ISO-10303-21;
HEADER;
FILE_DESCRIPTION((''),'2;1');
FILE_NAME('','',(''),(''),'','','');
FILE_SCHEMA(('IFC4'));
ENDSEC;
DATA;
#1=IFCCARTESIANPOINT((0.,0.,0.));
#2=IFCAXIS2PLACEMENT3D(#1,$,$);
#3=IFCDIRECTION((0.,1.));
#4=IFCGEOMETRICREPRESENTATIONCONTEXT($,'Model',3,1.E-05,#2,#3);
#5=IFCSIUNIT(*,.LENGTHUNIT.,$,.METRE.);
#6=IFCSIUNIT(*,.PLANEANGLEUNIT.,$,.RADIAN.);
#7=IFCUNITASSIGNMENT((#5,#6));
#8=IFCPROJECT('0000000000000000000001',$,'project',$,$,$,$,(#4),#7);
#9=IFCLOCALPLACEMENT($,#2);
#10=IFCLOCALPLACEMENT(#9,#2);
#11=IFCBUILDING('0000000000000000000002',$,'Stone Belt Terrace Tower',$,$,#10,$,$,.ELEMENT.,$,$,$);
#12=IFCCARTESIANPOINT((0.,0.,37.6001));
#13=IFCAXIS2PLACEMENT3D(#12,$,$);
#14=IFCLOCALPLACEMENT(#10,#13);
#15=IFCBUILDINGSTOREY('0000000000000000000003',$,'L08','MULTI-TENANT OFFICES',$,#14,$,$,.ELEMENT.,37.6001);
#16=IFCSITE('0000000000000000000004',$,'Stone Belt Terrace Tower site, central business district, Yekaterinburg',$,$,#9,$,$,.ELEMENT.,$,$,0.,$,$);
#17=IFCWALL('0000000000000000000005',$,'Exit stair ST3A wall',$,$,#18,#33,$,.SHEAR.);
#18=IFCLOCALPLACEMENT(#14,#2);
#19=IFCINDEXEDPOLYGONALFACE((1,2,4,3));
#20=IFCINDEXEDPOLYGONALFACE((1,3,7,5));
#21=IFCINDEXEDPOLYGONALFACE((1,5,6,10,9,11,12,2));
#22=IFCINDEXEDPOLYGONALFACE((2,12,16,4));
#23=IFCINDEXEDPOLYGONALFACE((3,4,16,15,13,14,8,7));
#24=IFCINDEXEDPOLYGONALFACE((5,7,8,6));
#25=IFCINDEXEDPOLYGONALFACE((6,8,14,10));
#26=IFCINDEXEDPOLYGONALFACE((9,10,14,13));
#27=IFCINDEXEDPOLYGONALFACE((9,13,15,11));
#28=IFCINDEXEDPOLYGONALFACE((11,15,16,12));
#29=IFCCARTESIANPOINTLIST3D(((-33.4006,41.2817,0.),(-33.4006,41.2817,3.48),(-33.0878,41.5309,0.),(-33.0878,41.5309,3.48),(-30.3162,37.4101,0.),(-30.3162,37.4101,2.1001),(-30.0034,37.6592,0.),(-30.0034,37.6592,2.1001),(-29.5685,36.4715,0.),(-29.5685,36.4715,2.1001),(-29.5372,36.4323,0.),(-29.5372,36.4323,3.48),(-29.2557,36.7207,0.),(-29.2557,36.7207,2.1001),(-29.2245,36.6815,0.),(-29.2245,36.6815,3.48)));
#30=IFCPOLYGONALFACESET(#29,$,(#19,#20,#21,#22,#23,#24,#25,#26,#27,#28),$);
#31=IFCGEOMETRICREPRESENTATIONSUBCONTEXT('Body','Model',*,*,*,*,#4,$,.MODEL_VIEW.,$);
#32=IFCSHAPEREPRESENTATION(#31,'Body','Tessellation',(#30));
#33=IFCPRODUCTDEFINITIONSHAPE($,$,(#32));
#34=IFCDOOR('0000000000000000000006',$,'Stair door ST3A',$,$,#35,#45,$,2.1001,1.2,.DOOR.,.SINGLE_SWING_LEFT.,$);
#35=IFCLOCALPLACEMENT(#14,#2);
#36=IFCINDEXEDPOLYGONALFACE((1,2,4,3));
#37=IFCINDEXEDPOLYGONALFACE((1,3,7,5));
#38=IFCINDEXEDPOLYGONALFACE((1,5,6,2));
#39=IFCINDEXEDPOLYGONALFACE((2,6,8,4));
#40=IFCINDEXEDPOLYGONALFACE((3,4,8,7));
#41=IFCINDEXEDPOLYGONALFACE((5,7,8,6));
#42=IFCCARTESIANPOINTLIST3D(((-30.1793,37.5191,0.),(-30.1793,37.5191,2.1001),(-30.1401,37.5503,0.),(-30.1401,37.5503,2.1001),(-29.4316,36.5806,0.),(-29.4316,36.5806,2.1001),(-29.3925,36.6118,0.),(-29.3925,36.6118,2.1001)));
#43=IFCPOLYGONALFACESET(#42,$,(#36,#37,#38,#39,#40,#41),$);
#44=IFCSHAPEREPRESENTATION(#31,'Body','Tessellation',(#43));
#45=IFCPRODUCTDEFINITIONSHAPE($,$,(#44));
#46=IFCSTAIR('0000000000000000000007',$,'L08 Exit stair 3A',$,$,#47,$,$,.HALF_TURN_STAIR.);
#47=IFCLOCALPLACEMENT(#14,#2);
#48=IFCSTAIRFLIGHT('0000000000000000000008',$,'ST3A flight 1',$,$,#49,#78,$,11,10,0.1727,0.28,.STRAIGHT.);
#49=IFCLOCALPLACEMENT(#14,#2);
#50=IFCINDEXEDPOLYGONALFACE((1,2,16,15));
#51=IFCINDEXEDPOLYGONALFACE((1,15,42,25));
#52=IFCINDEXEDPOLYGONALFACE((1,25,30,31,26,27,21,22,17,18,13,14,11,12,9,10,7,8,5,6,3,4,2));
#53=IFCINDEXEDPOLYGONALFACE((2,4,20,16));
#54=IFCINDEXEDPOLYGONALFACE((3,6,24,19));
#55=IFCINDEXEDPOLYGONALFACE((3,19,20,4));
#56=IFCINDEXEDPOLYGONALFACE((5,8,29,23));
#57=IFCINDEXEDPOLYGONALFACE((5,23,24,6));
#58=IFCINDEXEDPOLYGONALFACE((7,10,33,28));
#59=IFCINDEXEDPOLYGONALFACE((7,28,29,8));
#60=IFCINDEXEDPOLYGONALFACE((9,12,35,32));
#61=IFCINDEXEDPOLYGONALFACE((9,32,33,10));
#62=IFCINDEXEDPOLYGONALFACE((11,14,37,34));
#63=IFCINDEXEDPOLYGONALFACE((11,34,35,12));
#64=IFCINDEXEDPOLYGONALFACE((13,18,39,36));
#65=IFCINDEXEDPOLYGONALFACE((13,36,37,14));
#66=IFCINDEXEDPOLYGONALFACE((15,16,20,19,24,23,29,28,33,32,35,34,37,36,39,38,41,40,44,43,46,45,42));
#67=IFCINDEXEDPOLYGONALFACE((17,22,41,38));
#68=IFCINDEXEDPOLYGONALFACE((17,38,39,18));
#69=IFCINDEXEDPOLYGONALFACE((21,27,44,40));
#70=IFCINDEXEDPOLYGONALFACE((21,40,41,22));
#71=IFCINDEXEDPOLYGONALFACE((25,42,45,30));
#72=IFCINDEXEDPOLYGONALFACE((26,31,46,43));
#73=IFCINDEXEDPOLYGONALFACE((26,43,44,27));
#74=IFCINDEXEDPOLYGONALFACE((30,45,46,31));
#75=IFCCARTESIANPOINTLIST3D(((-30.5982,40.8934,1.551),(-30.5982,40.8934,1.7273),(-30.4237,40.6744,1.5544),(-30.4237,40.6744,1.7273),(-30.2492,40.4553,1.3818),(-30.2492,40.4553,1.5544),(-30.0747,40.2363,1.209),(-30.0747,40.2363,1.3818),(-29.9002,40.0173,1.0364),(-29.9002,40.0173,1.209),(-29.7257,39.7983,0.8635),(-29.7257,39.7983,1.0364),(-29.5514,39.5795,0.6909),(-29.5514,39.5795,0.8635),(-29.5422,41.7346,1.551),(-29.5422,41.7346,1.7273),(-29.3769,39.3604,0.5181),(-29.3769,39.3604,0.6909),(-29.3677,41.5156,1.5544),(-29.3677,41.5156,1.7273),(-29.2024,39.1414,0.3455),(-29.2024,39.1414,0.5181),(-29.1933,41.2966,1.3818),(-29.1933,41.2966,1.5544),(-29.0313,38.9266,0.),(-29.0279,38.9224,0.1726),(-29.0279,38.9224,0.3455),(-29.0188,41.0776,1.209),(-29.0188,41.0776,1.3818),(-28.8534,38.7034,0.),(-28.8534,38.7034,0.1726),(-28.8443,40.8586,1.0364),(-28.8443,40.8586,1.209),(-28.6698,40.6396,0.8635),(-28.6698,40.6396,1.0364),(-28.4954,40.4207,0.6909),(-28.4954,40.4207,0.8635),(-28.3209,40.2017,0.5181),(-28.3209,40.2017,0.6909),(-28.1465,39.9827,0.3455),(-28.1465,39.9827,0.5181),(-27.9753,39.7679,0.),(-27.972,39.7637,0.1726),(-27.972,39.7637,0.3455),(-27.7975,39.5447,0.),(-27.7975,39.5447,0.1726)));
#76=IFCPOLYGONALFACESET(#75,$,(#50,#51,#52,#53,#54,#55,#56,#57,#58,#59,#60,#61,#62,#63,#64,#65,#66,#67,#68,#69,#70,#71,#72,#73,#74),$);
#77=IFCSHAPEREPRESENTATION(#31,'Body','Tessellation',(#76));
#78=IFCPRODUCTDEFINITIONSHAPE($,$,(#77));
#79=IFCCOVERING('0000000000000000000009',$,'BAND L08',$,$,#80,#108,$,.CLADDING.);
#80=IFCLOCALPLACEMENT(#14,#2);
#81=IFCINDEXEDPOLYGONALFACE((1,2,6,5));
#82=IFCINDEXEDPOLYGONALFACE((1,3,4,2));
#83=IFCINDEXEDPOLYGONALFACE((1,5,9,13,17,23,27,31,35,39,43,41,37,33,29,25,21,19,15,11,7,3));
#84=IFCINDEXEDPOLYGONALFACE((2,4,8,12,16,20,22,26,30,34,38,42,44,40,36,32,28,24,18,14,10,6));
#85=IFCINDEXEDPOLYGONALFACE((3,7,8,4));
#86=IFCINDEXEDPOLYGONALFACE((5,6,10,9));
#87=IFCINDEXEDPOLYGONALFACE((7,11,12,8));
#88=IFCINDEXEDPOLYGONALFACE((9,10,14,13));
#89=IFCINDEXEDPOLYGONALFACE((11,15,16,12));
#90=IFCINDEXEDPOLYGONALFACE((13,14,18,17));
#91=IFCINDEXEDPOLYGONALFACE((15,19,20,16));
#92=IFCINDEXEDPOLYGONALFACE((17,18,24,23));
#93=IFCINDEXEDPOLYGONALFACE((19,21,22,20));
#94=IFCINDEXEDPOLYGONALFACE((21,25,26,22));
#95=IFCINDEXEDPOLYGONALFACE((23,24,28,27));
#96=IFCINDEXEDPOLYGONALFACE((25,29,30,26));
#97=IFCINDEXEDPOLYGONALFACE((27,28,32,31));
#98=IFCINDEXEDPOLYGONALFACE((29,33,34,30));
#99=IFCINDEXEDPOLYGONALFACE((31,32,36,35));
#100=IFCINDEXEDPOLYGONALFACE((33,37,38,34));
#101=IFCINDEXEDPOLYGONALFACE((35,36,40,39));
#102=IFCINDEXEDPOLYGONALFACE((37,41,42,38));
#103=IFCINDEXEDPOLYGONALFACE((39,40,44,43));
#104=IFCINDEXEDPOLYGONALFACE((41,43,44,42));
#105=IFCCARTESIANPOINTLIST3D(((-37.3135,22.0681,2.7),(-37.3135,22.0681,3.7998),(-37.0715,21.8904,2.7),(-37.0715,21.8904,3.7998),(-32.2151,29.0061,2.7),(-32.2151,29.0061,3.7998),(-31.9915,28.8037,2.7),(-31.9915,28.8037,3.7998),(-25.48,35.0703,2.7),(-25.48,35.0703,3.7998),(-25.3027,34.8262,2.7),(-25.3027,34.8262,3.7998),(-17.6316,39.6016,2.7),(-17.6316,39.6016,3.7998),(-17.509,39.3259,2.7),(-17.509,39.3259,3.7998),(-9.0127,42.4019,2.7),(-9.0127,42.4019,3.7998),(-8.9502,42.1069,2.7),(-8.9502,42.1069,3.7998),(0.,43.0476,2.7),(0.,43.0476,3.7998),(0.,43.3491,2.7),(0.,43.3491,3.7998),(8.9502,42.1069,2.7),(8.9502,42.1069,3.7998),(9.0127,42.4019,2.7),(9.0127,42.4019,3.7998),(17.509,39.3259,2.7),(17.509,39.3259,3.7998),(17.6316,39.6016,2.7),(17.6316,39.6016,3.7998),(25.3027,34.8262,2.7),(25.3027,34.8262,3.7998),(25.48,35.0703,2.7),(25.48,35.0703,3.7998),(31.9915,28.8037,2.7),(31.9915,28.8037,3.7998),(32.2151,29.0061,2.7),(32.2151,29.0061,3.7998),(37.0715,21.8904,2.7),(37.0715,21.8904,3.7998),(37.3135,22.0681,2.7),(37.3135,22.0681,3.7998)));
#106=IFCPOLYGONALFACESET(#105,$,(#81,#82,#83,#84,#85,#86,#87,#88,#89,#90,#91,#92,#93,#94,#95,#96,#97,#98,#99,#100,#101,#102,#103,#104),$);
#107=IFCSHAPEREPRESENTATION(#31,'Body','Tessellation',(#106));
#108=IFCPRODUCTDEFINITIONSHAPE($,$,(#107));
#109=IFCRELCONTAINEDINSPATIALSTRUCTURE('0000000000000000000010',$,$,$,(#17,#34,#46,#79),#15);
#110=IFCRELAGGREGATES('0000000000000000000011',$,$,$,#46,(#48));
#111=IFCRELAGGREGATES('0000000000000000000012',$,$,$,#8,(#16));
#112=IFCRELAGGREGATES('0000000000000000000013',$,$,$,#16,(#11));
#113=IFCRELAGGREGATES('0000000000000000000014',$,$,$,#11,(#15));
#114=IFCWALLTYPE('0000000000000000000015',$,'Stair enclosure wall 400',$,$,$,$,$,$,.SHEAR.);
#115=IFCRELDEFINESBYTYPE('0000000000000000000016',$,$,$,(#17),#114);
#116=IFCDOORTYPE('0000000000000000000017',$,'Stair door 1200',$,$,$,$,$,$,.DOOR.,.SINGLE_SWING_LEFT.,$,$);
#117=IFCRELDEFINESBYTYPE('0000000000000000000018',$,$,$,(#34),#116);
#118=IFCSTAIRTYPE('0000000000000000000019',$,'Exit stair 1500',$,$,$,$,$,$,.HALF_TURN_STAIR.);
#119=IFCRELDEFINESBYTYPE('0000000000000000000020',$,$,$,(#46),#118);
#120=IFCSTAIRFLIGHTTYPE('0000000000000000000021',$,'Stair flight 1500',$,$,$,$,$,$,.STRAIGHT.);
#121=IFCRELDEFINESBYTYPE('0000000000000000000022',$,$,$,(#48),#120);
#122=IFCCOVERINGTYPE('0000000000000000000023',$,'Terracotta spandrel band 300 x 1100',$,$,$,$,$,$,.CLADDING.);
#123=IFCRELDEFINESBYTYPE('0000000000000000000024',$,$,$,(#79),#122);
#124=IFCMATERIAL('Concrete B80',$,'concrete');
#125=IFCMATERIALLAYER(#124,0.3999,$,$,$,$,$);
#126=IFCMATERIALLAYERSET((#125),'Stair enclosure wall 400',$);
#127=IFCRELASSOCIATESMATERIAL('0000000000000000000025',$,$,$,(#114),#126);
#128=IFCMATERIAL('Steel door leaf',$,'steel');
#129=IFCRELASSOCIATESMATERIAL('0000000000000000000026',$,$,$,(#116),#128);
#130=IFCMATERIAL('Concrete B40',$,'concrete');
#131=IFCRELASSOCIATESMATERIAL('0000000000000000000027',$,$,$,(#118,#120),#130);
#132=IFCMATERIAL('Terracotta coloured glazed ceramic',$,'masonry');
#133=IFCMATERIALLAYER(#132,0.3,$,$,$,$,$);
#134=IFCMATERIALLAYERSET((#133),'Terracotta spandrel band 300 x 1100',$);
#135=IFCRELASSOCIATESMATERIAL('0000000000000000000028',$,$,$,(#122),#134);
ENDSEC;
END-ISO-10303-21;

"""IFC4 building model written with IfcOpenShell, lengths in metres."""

from ifc_helpers import new_model, si_unit, direction, frame, frame_2d, origin, place, context, subcontext, project, spatial, polyline, rectangle, outline, extrude, material, layer, layer_set, type_object, element, fill, aggregate, save


model = new_model("IFC4")

# Units and contexts
model_context = context("Model", 3, precision=1e-05, world=origin(), true_north=direction((0.0, 1.0)))
body_context = subcontext(model_context, "Body", "Model", "MODEL_VIEW")
ifc_project = project(units=[si_unit("LENGTHUNIT", "METRE"), si_unit("PLANEANGLEUNIT", "RADIAN")], contexts=[model_context])

# Site, building, storey
site_placement = place(None, origin())
site = spatial("IfcSite", under=ifc_project, at=site_placement, Name="Stone Belt Terrace Tower site, central business district, Yekaterinburg", CompositionType="ELEMENT", RefElevation=0.0)
building_placement = place(site_placement, origin())
building = spatial("IfcBuilding", under=site, at=building_placement, Name="Stone Belt Terrace Tower", CompositionType="ELEMENT")
storey_placement = place(building_placement, frame((0.0, 0.0, 37.6001)))
storey = spatial("IfcBuildingStorey", under=building, at=storey_placement, Name="L08", Description="MULTI-TENANT OFFICES", CompositionType="ELEMENT", Elevation=37.6001)

# Shared definitions
ifc_material_1 = material(Name="Concrete B80", Category="concrete")

# Shared definitions
ifc_material_2 = material(Name="Concrete B40", Category="concrete")

# Shared definitions
ifc_layer_1 = layer(ifc_material_1, 0.3999)
ifc_layer_set_1 = layer_set([ifc_layer_1], Name="Stair enclosure wall 400")
wall_type_1 = type_object("IfcWallType", Name="Stair enclosure wall 400", PredefinedType="SHEAR", material=ifc_layer_set_1)

# Shared definitions
ifc_material_3 = material(Name="Steel door leaf", Category="steel")

# Wall, opening, door
wall_1_placement = place(storey_placement, frame((-29.3809, 36.5569, 0.0), z_axis=(0.0, 0.0, 1.0), x_axis=(-0.623099, 0.782143, 0.0)))
wall_1 = element("IfcWall", 1, at=wall_1_placement, inside=storey, type_object=wall_type_1, Name="Exit stair ST3A wall", PredefinedType="SHEAR", context=body_context, shape_type="SweptSolid", body=[
    extrude(rectangle(XDim=6.2002, YDim=0.3999, at=frame_2d((3.1001, 0.0))), origin(), (0.0, 0.0, 1.0), 3.48),
])
opening_1_placement = place(wall_1_placement, frame((0.05, 0.0, 0.0)))
opening_1 = element("IfcOpeningElement", 2, at=opening_1_placement, cuts=wall_1, PredefinedType="OPENING", context=body_context, shape_type="SweptSolid", body=[
    extrude(rectangle(XDim=1.2, YDim=2.1001, at=frame_2d((0.6001, 1.05))), frame((0.0, 0.21, 0.0), z_axis=(0.0, -1.0, 0.0), x_axis=(1.0, 0.0, 0.0)), (0.0, 0.0, 1.0), 0.4199),
])
door_type_1 = type_object("IfcDoorType", Name="Stair door 1200", OperationType="SINGLE_SWING_LEFT", PredefinedType="DOOR", material=ifc_material_3)
door_1_placement = place(opening_1_placement, origin())
door_1 = element("IfcDoor", 3, at=door_1_placement, inside=storey, type_object=door_type_1, Name="Stair door ST3A", OperationType="SINGLE_SWING_LEFT", OverallHeight=2.1001, OverallWidth=1.2, PredefinedType="DOOR", context=body_context, shape_type="SweptSolid", body=[
    extrude(rectangle(XDim=1.2, YDim=2.1001, at=frame_2d((0.6001, 1.05))), frame((0.0, 0.0249, 0.0), z_axis=(0.0, -1.0, 0.0), x_axis=(1.0, 0.0, 0.0)), (0.0, 0.0, 1.0), 0.05),
])
fill(opening_1, door_1)

# Stair, stair flight
stair_type = type_object("IfcStairType", Name="Exit stair 1500", PredefinedType="HALF_TURN_STAIR", material=ifc_material_2)
stair_placement = place(storey_placement, origin())
stair = element("IfcStair", 4, at=stair_placement, inside=storey, type_object=stair_type, Name="L08 Exit stair 3A", PredefinedType="HALF_TURN_STAIR")
stair_flight_type = type_object("IfcStairFlightType", Name="Stair flight 1500", PredefinedType="STRAIGHT", material=ifc_material_2)
stair_flight_placement = place(storey_placement, frame((-28.3254, 39.124, 0.0), z_axis=(0.0, 0.0, 1.0), x_axis=(-0.623121, 0.782125, 0.0)))
stair_flight = element("IfcStairFlight", 5, at=stair_flight_placement, type_object=stair_flight_type, Name="ST3A flight 1", NumberOfRisers=11, NumberOfTreads=10, PredefinedType="STRAIGHT", RiserHeight=0.1727, TreadLength=0.28, context=body_context, shape_type="SweptSolid", body=[
    extrude(outline(polyline([(0.0, 0.0), (0.0, 0.1726), (0.28, 0.1726), (0.28, 0.3455), (0.5601, 0.3455), (0.5601, 0.5181), (0.8401, 0.5181), (0.8401, 0.6909), (1.1201, 0.6909), (1.1201, 0.8635), (1.3999, 0.8635), (1.3999, 1.0364), (1.6799, 1.0364), (1.6799, 1.209), (1.96, 1.209), (1.96, 1.3818), (2.24, 1.3818), (2.24, 1.5544), (2.52, 1.5544), (2.52, 1.7273), (2.8, 1.7273), (2.8, 1.8999), (2.8, 1.551), (0.2854, 0.0), (0.0, 0.0)])), frame((0.0, 0.675, 0.0), z_axis=(0.0, -1.0, 0.0), x_axis=(1.0, 0.0, 0.0)), (0.0, 0.0, 1.0), 1.3501),
])
aggregate(stair, [stair_flight])

# Covering
ifc_material_4 = material(Name="Terracotta coloured glazed ceramic", Category="masonry")
ifc_layer_2 = layer(ifc_material_4, 0.3)
ifc_layer_set_2 = layer_set([ifc_layer_2], Name="Terracotta spandrel band 300 x 1100")
covering_type = type_object("IfcCoveringType", Name="Terracotta spandrel band 300 x 1100", PredefinedType="CLADDING", material=ifc_layer_set_2)
covering_placement = place(storey_placement, frame((0.0, 0.0, 2.7)))
element("IfcCovering", 6, at=covering_placement, inside=storey, type_object=covering_type, Name="BAND L08", PredefinedType="CLADDING", context=body_context, shape_type="SweptSolid", body=[
    extrude(outline(polyline([(-37.3135, 22.0681), (-32.2151, 29.0061), (-25.48, 35.0703), (-17.6316, 39.6016), (-9.0127, 42.4019), (0.0, 43.3491), (9.0127, 42.4019), (17.6316, 39.6016), (25.48, 35.0703), (32.2151, 29.0061), (37.3135, 22.0681), (37.0715, 21.8904), (31.9915, 28.8037), (25.3027, 34.8262), (17.509, 39.3259), (8.9502, 42.1069), (0.0, 43.0476), (-8.9502, 42.1069), (-17.509, 39.3259), (-25.3027, 34.8262), (-31.9915, 28.8037), (-37.0715, 21.8904), (-37.3135, 22.0681)])), origin(), (0.0, 0.0, 1.0), 1.0999),
])

save(model, "model.ifc")
